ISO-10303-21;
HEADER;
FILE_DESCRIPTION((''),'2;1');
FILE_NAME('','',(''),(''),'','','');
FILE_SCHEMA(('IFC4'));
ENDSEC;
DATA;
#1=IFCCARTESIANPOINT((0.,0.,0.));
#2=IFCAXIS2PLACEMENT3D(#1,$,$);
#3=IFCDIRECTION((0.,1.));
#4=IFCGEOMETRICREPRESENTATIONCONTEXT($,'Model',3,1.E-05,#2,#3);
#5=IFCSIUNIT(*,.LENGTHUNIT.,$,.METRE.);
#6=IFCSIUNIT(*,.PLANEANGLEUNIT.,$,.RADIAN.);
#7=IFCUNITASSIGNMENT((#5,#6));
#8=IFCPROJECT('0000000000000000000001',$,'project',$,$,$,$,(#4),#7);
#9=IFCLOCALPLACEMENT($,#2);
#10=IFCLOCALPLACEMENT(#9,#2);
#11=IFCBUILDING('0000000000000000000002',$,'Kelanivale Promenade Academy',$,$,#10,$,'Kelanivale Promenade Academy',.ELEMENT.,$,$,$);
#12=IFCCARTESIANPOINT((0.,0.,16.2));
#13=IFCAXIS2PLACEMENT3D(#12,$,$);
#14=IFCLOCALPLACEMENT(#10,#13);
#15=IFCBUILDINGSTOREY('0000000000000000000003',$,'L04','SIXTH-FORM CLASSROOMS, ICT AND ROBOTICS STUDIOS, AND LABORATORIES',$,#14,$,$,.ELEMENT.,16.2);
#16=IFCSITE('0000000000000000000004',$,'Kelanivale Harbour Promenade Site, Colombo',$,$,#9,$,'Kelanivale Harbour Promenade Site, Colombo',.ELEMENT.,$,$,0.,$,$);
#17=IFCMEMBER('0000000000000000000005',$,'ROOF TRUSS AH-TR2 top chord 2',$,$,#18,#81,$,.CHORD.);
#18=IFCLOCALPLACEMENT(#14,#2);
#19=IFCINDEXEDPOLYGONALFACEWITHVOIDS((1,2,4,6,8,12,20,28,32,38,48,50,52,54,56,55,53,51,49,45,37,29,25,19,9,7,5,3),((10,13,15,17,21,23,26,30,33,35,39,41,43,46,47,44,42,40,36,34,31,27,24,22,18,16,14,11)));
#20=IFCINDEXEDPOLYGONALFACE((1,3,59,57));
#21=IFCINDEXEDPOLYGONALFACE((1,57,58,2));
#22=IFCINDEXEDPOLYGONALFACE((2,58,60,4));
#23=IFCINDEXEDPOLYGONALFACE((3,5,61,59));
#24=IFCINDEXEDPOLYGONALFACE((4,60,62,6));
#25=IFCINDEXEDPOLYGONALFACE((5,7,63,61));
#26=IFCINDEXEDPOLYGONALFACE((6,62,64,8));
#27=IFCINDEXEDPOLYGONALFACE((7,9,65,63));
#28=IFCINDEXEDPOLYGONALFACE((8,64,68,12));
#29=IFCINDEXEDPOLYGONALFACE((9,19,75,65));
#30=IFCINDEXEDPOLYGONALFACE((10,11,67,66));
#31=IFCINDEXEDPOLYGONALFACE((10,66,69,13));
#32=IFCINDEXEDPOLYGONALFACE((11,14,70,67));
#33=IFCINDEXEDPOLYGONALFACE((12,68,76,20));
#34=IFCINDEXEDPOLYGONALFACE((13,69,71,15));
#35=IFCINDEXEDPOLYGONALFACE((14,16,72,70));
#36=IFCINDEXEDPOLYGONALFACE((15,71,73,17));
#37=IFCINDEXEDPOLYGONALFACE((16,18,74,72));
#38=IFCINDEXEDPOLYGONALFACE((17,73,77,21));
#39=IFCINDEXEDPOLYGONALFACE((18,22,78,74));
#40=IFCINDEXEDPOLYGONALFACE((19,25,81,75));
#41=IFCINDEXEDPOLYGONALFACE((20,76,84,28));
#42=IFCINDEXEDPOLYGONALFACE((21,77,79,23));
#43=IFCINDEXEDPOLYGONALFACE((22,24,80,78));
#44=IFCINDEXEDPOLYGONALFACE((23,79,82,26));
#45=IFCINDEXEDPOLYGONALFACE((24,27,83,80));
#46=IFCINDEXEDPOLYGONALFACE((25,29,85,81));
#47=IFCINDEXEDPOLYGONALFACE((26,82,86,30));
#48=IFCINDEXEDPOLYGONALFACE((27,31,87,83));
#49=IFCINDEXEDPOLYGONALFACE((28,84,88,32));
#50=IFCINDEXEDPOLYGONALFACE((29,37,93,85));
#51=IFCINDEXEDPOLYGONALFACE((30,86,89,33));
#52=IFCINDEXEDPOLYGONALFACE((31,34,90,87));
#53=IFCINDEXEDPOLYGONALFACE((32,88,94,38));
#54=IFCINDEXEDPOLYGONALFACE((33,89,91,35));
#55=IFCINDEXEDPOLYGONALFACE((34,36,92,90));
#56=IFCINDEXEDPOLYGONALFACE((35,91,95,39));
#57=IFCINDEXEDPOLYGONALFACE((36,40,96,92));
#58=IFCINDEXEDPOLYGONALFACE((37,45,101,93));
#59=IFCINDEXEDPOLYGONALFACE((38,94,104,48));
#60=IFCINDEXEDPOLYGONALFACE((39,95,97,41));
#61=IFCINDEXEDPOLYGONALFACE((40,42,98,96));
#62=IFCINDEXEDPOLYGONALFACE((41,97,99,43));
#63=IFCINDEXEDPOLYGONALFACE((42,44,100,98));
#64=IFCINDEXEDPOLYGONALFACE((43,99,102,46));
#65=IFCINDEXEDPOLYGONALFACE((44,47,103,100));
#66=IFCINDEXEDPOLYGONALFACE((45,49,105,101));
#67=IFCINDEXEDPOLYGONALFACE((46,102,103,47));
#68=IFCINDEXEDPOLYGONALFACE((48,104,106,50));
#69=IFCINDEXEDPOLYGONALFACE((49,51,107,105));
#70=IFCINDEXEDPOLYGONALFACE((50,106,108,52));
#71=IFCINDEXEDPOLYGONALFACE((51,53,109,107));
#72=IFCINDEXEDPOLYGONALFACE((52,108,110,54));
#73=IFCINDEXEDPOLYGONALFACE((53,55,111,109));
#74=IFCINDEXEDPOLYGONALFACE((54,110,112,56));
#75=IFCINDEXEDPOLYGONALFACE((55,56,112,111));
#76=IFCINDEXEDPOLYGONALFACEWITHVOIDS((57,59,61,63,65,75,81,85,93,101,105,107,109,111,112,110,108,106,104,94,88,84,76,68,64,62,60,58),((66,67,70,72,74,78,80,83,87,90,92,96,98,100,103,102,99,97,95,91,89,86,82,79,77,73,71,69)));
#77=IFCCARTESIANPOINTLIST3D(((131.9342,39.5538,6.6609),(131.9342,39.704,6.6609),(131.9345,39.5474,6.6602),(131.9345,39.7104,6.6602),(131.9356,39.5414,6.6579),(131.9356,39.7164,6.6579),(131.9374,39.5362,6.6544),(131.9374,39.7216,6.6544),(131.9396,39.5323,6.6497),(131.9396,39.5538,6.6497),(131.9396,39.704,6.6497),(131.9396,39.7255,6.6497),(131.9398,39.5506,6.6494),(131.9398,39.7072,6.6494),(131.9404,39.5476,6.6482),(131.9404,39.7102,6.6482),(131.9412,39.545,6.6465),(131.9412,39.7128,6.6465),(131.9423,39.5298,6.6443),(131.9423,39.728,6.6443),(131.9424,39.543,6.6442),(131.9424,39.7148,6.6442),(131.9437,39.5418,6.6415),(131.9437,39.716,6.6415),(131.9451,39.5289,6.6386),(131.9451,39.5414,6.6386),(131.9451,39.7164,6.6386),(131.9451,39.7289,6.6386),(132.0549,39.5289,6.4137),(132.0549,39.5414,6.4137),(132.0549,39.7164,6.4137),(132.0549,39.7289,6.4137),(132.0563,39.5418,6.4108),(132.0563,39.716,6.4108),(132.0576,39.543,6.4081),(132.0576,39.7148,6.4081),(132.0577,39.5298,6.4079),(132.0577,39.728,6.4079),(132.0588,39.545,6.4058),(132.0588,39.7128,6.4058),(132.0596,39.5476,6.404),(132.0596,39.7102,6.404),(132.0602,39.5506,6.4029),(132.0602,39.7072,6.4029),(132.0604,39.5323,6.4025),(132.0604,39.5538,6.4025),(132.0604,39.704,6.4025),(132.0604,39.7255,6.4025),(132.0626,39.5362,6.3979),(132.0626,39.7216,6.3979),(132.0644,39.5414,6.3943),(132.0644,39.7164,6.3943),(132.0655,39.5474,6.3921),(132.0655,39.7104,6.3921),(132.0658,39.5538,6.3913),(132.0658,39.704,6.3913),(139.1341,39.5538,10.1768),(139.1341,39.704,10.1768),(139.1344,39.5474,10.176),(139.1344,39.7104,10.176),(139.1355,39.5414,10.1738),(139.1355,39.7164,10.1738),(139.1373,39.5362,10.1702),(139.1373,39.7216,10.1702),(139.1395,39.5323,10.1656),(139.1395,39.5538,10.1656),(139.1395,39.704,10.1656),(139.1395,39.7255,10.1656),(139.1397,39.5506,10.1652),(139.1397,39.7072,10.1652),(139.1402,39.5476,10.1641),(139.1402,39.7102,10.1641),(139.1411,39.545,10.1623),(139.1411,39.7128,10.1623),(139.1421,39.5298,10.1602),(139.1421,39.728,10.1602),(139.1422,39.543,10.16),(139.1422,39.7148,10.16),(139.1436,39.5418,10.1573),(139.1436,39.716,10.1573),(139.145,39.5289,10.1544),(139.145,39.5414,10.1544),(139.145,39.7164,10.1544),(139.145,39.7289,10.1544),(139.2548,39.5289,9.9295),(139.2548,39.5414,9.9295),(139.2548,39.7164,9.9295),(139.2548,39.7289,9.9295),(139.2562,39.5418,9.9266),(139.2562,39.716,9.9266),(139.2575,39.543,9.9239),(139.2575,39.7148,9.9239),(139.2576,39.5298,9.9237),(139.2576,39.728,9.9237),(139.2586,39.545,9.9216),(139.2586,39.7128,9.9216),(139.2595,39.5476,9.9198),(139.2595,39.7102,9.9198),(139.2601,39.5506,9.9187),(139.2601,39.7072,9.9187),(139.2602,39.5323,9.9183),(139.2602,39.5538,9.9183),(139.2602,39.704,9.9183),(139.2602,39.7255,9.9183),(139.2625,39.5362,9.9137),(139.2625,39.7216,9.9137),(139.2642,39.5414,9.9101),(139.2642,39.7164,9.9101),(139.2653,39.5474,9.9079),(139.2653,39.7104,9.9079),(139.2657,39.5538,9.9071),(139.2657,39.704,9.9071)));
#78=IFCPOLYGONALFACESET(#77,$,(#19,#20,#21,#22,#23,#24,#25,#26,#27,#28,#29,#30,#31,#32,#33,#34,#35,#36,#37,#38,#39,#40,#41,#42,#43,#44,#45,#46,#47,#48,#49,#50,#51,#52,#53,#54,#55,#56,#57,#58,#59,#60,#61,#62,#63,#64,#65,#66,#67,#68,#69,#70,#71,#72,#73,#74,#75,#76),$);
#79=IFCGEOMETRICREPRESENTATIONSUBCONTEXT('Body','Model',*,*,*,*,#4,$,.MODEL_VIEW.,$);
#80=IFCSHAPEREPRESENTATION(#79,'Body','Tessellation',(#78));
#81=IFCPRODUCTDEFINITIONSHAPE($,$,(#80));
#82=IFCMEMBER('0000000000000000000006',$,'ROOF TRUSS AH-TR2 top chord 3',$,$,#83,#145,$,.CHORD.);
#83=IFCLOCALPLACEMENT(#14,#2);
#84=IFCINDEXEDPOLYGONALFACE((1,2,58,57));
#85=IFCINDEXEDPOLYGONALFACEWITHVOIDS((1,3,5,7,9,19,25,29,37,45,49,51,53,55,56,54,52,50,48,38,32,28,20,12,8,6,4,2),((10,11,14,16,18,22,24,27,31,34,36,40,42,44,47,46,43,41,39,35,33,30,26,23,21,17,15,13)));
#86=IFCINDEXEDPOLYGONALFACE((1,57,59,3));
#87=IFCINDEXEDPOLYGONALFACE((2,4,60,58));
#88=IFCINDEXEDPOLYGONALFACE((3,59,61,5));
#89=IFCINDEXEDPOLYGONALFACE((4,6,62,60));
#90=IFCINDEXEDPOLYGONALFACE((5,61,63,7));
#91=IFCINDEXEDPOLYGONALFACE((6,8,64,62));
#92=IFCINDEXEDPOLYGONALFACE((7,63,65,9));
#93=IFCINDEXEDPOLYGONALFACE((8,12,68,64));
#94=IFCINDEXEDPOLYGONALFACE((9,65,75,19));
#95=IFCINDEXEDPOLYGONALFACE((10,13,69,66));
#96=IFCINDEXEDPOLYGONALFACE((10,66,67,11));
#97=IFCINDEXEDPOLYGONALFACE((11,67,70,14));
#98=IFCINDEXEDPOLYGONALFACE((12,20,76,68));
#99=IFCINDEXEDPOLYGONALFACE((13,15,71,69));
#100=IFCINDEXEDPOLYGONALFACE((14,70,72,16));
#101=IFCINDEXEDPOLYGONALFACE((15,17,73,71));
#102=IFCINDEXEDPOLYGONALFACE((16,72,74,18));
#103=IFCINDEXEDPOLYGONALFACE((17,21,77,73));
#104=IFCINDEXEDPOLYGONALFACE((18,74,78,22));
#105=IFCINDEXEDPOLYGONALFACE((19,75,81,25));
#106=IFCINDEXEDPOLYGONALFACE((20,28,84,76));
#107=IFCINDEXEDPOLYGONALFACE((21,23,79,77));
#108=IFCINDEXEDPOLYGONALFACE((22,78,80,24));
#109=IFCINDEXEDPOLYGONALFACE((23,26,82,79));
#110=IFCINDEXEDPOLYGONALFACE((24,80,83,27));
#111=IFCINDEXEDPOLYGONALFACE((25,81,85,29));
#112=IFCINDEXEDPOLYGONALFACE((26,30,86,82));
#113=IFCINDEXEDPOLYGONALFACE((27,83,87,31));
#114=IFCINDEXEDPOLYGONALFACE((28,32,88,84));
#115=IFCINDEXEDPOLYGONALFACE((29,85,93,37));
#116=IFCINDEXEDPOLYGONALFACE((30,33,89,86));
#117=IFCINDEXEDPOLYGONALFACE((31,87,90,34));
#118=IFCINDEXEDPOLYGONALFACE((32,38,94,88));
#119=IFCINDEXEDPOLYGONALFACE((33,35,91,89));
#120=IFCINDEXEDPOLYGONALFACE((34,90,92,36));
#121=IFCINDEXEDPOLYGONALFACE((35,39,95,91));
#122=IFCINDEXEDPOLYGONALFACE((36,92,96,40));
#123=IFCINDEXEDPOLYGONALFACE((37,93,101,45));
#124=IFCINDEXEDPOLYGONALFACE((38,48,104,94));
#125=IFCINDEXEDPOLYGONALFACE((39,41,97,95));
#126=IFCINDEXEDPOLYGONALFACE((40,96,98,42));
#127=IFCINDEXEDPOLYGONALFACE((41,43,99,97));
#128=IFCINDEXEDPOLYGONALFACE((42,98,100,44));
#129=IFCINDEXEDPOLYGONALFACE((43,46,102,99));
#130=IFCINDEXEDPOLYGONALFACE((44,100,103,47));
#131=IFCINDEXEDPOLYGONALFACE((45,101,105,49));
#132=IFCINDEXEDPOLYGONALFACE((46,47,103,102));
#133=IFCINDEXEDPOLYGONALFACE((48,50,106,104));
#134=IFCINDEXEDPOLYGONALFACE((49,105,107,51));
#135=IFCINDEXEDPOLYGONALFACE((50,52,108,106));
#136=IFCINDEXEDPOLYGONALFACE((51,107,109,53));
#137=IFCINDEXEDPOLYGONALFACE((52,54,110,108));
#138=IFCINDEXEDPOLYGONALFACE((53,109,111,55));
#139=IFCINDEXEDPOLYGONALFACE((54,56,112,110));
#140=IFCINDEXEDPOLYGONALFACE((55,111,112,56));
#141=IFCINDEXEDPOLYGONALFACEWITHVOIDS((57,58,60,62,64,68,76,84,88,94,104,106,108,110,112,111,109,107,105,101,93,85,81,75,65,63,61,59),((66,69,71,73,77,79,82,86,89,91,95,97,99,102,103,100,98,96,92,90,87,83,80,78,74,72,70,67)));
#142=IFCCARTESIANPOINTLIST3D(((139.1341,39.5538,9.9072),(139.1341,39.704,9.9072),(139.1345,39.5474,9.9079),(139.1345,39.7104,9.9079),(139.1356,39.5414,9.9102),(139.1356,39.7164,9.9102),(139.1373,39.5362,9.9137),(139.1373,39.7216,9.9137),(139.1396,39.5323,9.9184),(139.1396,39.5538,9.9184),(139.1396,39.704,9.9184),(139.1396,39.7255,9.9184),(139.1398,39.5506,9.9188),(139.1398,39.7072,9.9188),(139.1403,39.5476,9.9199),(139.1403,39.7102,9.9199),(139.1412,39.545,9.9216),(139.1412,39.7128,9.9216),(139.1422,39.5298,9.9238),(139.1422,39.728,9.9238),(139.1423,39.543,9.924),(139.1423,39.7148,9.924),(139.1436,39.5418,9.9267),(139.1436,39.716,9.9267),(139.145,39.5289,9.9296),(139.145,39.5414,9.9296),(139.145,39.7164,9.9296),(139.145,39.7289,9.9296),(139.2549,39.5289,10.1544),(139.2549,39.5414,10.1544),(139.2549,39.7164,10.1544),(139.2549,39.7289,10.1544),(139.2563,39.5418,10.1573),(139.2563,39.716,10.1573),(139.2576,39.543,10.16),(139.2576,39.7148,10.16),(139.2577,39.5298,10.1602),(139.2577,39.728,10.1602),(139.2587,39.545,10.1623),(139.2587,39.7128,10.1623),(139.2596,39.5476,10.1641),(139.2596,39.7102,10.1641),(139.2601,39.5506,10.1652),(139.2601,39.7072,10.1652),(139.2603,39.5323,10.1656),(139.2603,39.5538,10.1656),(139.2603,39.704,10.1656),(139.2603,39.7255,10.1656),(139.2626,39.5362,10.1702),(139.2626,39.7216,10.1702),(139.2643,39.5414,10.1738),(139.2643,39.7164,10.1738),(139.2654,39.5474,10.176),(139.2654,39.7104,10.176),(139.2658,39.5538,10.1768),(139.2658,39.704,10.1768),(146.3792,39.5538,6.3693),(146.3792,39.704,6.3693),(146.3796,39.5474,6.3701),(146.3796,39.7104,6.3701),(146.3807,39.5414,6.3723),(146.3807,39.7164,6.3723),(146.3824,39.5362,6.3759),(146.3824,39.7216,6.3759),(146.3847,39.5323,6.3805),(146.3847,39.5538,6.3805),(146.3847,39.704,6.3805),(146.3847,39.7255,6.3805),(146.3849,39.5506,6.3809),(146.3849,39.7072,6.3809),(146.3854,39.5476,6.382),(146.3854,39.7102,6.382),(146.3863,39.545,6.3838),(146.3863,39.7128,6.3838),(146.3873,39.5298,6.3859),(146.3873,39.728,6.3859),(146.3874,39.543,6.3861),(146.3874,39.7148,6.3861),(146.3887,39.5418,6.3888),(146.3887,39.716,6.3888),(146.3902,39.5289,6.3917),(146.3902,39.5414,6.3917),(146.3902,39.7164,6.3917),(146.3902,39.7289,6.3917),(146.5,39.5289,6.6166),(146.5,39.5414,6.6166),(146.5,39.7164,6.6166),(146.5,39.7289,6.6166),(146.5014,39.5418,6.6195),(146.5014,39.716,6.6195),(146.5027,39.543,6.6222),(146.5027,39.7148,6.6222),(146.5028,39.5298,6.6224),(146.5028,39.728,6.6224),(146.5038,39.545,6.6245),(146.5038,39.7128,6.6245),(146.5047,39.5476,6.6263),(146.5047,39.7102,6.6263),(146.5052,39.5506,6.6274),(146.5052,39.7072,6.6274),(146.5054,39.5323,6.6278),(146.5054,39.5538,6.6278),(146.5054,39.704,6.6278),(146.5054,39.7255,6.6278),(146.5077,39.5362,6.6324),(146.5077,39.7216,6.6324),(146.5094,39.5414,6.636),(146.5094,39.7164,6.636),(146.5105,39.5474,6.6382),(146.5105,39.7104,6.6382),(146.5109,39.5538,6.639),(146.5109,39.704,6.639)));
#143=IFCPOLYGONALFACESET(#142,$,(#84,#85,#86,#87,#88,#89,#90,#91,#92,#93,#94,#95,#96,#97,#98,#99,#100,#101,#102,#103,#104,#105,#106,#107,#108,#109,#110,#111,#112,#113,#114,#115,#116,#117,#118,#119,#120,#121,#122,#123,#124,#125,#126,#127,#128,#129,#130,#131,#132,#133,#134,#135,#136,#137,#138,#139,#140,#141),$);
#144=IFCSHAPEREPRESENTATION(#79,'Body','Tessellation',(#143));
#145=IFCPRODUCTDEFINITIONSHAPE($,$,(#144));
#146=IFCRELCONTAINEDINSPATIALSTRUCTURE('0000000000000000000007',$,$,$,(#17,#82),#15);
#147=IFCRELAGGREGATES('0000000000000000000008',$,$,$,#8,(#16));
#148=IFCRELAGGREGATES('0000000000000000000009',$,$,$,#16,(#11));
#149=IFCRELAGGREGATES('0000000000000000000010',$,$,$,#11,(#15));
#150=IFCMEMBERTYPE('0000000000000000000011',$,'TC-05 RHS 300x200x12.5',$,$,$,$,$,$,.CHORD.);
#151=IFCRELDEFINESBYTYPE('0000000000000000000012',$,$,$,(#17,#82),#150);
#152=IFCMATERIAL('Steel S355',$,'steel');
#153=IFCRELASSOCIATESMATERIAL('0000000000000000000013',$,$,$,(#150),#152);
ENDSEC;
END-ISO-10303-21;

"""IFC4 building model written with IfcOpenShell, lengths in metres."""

from ifc_helpers import new_model, si_unit, direction, frame, origin, origin_2d, place, context, subcontext, project, spatial, hollow_rectangle, extrude, material, material_profile, profile_set, type_object, element, save


model = new_model("IFC4")

# Units and contexts
model_context = context("Model", 3, precision=1e-05, world=origin(), true_north=direction((0.0, 1.0)))
body_context = subcontext(model_context, "Body", "Model", "MODEL_VIEW")
ifc_project = project(units=[si_unit("LENGTHUNIT", "METRE"), si_unit("PLANEANGLEUNIT", "RADIAN")], contexts=[model_context])

# Site, building, storey
site_placement = place(None, origin())
site = spatial("IfcSite", under=ifc_project, at=site_placement, Name="Kelanivale Harbour Promenade Site, Colombo", LongName="Kelanivale Harbour Promenade Site, Colombo", CompositionType="ELEMENT", RefElevation=0.0)
building_placement = place(site_placement, origin())
building = spatial("IfcBuilding", under=site, at=building_placement, Name="Kelanivale Promenade Academy", LongName="Kelanivale Promenade Academy", CompositionType="ELEMENT")
storey_placement = place(building_placement, frame((0.0, 0.0, 16.2)))
storey = spatial("IfcBuildingStorey", under=building, at=storey_placement, Name="L04", Description="SIXTH-FORM CLASSROOMS, ICT AND ROBOTICS STUDIOS, AND LABORATORIES", CompositionType="ELEMENT", Elevation=16.2)

# Members
ifc_material_1 = material(Name="Steel S355", Category="steel")
ifc_material_profile_1 = material_profile(ifc_material_1, hollow_rectangle(XDim=0.2, YDim=0.3, WallThickness=0.0125, InnerFilletRadius=0.0125, OuterFilletRadius=0.0249, at=origin_2d()), Name="RHS 300x200x12.5")
ifc_profile_set_1 = profile_set([ifc_material_profile_1], Name="Steel S355")
member_type_1 = type_object("IfcMemberType", Name="TC-05 RHS 300x200x12.5", PredefinedType="CHORD", material=ifc_profile_set_1)
member_1_placement = place(storey_placement, frame((132.0, 39.6289, 6.5261), z_axis=(0.898587, 0.0, 0.438796), x_axis=(0.0, 1.0, 0.0)))
element("IfcMember", 1, at=member_1_placement, inside=storey, type_object=member_type_1, Name="ROOF TRUSS AH-TR2 top chord 2", PredefinedType="CHORD", context=body_context, shape_type="SweptSolid", body=[
    extrude(hollow_rectangle(XDim=0.2, YDim=0.3, WallThickness=0.0125, InnerFilletRadius=0.0125, OuterFilletRadius=0.0249, at=origin_2d()), origin(), (0.0, 0.0, 1.0), 8.0125),
])
member_2_placement = place(storey_placement, frame((139.2, 39.6289, 10.042), z_axis=(0.898591, 0.0, -0.438788), x_axis=(0.0, 1.0, 0.0)))
element("IfcMember", 2, at=member_2_placement, inside=storey, type_object=member_type_1, Name="ROOF TRUSS AH-TR2 top chord 3", PredefinedType="CHORD", context=body_context, shape_type="SweptSolid", body=[
    extrude(hollow_rectangle(XDim=0.2, YDim=0.3, WallThickness=0.0125, InnerFilletRadius=0.0125, OuterFilletRadius=0.0249, at=origin_2d()), origin(), (0.0, 0.0, 1.0), 8.0627),
])

save(model, "model.ifc")
